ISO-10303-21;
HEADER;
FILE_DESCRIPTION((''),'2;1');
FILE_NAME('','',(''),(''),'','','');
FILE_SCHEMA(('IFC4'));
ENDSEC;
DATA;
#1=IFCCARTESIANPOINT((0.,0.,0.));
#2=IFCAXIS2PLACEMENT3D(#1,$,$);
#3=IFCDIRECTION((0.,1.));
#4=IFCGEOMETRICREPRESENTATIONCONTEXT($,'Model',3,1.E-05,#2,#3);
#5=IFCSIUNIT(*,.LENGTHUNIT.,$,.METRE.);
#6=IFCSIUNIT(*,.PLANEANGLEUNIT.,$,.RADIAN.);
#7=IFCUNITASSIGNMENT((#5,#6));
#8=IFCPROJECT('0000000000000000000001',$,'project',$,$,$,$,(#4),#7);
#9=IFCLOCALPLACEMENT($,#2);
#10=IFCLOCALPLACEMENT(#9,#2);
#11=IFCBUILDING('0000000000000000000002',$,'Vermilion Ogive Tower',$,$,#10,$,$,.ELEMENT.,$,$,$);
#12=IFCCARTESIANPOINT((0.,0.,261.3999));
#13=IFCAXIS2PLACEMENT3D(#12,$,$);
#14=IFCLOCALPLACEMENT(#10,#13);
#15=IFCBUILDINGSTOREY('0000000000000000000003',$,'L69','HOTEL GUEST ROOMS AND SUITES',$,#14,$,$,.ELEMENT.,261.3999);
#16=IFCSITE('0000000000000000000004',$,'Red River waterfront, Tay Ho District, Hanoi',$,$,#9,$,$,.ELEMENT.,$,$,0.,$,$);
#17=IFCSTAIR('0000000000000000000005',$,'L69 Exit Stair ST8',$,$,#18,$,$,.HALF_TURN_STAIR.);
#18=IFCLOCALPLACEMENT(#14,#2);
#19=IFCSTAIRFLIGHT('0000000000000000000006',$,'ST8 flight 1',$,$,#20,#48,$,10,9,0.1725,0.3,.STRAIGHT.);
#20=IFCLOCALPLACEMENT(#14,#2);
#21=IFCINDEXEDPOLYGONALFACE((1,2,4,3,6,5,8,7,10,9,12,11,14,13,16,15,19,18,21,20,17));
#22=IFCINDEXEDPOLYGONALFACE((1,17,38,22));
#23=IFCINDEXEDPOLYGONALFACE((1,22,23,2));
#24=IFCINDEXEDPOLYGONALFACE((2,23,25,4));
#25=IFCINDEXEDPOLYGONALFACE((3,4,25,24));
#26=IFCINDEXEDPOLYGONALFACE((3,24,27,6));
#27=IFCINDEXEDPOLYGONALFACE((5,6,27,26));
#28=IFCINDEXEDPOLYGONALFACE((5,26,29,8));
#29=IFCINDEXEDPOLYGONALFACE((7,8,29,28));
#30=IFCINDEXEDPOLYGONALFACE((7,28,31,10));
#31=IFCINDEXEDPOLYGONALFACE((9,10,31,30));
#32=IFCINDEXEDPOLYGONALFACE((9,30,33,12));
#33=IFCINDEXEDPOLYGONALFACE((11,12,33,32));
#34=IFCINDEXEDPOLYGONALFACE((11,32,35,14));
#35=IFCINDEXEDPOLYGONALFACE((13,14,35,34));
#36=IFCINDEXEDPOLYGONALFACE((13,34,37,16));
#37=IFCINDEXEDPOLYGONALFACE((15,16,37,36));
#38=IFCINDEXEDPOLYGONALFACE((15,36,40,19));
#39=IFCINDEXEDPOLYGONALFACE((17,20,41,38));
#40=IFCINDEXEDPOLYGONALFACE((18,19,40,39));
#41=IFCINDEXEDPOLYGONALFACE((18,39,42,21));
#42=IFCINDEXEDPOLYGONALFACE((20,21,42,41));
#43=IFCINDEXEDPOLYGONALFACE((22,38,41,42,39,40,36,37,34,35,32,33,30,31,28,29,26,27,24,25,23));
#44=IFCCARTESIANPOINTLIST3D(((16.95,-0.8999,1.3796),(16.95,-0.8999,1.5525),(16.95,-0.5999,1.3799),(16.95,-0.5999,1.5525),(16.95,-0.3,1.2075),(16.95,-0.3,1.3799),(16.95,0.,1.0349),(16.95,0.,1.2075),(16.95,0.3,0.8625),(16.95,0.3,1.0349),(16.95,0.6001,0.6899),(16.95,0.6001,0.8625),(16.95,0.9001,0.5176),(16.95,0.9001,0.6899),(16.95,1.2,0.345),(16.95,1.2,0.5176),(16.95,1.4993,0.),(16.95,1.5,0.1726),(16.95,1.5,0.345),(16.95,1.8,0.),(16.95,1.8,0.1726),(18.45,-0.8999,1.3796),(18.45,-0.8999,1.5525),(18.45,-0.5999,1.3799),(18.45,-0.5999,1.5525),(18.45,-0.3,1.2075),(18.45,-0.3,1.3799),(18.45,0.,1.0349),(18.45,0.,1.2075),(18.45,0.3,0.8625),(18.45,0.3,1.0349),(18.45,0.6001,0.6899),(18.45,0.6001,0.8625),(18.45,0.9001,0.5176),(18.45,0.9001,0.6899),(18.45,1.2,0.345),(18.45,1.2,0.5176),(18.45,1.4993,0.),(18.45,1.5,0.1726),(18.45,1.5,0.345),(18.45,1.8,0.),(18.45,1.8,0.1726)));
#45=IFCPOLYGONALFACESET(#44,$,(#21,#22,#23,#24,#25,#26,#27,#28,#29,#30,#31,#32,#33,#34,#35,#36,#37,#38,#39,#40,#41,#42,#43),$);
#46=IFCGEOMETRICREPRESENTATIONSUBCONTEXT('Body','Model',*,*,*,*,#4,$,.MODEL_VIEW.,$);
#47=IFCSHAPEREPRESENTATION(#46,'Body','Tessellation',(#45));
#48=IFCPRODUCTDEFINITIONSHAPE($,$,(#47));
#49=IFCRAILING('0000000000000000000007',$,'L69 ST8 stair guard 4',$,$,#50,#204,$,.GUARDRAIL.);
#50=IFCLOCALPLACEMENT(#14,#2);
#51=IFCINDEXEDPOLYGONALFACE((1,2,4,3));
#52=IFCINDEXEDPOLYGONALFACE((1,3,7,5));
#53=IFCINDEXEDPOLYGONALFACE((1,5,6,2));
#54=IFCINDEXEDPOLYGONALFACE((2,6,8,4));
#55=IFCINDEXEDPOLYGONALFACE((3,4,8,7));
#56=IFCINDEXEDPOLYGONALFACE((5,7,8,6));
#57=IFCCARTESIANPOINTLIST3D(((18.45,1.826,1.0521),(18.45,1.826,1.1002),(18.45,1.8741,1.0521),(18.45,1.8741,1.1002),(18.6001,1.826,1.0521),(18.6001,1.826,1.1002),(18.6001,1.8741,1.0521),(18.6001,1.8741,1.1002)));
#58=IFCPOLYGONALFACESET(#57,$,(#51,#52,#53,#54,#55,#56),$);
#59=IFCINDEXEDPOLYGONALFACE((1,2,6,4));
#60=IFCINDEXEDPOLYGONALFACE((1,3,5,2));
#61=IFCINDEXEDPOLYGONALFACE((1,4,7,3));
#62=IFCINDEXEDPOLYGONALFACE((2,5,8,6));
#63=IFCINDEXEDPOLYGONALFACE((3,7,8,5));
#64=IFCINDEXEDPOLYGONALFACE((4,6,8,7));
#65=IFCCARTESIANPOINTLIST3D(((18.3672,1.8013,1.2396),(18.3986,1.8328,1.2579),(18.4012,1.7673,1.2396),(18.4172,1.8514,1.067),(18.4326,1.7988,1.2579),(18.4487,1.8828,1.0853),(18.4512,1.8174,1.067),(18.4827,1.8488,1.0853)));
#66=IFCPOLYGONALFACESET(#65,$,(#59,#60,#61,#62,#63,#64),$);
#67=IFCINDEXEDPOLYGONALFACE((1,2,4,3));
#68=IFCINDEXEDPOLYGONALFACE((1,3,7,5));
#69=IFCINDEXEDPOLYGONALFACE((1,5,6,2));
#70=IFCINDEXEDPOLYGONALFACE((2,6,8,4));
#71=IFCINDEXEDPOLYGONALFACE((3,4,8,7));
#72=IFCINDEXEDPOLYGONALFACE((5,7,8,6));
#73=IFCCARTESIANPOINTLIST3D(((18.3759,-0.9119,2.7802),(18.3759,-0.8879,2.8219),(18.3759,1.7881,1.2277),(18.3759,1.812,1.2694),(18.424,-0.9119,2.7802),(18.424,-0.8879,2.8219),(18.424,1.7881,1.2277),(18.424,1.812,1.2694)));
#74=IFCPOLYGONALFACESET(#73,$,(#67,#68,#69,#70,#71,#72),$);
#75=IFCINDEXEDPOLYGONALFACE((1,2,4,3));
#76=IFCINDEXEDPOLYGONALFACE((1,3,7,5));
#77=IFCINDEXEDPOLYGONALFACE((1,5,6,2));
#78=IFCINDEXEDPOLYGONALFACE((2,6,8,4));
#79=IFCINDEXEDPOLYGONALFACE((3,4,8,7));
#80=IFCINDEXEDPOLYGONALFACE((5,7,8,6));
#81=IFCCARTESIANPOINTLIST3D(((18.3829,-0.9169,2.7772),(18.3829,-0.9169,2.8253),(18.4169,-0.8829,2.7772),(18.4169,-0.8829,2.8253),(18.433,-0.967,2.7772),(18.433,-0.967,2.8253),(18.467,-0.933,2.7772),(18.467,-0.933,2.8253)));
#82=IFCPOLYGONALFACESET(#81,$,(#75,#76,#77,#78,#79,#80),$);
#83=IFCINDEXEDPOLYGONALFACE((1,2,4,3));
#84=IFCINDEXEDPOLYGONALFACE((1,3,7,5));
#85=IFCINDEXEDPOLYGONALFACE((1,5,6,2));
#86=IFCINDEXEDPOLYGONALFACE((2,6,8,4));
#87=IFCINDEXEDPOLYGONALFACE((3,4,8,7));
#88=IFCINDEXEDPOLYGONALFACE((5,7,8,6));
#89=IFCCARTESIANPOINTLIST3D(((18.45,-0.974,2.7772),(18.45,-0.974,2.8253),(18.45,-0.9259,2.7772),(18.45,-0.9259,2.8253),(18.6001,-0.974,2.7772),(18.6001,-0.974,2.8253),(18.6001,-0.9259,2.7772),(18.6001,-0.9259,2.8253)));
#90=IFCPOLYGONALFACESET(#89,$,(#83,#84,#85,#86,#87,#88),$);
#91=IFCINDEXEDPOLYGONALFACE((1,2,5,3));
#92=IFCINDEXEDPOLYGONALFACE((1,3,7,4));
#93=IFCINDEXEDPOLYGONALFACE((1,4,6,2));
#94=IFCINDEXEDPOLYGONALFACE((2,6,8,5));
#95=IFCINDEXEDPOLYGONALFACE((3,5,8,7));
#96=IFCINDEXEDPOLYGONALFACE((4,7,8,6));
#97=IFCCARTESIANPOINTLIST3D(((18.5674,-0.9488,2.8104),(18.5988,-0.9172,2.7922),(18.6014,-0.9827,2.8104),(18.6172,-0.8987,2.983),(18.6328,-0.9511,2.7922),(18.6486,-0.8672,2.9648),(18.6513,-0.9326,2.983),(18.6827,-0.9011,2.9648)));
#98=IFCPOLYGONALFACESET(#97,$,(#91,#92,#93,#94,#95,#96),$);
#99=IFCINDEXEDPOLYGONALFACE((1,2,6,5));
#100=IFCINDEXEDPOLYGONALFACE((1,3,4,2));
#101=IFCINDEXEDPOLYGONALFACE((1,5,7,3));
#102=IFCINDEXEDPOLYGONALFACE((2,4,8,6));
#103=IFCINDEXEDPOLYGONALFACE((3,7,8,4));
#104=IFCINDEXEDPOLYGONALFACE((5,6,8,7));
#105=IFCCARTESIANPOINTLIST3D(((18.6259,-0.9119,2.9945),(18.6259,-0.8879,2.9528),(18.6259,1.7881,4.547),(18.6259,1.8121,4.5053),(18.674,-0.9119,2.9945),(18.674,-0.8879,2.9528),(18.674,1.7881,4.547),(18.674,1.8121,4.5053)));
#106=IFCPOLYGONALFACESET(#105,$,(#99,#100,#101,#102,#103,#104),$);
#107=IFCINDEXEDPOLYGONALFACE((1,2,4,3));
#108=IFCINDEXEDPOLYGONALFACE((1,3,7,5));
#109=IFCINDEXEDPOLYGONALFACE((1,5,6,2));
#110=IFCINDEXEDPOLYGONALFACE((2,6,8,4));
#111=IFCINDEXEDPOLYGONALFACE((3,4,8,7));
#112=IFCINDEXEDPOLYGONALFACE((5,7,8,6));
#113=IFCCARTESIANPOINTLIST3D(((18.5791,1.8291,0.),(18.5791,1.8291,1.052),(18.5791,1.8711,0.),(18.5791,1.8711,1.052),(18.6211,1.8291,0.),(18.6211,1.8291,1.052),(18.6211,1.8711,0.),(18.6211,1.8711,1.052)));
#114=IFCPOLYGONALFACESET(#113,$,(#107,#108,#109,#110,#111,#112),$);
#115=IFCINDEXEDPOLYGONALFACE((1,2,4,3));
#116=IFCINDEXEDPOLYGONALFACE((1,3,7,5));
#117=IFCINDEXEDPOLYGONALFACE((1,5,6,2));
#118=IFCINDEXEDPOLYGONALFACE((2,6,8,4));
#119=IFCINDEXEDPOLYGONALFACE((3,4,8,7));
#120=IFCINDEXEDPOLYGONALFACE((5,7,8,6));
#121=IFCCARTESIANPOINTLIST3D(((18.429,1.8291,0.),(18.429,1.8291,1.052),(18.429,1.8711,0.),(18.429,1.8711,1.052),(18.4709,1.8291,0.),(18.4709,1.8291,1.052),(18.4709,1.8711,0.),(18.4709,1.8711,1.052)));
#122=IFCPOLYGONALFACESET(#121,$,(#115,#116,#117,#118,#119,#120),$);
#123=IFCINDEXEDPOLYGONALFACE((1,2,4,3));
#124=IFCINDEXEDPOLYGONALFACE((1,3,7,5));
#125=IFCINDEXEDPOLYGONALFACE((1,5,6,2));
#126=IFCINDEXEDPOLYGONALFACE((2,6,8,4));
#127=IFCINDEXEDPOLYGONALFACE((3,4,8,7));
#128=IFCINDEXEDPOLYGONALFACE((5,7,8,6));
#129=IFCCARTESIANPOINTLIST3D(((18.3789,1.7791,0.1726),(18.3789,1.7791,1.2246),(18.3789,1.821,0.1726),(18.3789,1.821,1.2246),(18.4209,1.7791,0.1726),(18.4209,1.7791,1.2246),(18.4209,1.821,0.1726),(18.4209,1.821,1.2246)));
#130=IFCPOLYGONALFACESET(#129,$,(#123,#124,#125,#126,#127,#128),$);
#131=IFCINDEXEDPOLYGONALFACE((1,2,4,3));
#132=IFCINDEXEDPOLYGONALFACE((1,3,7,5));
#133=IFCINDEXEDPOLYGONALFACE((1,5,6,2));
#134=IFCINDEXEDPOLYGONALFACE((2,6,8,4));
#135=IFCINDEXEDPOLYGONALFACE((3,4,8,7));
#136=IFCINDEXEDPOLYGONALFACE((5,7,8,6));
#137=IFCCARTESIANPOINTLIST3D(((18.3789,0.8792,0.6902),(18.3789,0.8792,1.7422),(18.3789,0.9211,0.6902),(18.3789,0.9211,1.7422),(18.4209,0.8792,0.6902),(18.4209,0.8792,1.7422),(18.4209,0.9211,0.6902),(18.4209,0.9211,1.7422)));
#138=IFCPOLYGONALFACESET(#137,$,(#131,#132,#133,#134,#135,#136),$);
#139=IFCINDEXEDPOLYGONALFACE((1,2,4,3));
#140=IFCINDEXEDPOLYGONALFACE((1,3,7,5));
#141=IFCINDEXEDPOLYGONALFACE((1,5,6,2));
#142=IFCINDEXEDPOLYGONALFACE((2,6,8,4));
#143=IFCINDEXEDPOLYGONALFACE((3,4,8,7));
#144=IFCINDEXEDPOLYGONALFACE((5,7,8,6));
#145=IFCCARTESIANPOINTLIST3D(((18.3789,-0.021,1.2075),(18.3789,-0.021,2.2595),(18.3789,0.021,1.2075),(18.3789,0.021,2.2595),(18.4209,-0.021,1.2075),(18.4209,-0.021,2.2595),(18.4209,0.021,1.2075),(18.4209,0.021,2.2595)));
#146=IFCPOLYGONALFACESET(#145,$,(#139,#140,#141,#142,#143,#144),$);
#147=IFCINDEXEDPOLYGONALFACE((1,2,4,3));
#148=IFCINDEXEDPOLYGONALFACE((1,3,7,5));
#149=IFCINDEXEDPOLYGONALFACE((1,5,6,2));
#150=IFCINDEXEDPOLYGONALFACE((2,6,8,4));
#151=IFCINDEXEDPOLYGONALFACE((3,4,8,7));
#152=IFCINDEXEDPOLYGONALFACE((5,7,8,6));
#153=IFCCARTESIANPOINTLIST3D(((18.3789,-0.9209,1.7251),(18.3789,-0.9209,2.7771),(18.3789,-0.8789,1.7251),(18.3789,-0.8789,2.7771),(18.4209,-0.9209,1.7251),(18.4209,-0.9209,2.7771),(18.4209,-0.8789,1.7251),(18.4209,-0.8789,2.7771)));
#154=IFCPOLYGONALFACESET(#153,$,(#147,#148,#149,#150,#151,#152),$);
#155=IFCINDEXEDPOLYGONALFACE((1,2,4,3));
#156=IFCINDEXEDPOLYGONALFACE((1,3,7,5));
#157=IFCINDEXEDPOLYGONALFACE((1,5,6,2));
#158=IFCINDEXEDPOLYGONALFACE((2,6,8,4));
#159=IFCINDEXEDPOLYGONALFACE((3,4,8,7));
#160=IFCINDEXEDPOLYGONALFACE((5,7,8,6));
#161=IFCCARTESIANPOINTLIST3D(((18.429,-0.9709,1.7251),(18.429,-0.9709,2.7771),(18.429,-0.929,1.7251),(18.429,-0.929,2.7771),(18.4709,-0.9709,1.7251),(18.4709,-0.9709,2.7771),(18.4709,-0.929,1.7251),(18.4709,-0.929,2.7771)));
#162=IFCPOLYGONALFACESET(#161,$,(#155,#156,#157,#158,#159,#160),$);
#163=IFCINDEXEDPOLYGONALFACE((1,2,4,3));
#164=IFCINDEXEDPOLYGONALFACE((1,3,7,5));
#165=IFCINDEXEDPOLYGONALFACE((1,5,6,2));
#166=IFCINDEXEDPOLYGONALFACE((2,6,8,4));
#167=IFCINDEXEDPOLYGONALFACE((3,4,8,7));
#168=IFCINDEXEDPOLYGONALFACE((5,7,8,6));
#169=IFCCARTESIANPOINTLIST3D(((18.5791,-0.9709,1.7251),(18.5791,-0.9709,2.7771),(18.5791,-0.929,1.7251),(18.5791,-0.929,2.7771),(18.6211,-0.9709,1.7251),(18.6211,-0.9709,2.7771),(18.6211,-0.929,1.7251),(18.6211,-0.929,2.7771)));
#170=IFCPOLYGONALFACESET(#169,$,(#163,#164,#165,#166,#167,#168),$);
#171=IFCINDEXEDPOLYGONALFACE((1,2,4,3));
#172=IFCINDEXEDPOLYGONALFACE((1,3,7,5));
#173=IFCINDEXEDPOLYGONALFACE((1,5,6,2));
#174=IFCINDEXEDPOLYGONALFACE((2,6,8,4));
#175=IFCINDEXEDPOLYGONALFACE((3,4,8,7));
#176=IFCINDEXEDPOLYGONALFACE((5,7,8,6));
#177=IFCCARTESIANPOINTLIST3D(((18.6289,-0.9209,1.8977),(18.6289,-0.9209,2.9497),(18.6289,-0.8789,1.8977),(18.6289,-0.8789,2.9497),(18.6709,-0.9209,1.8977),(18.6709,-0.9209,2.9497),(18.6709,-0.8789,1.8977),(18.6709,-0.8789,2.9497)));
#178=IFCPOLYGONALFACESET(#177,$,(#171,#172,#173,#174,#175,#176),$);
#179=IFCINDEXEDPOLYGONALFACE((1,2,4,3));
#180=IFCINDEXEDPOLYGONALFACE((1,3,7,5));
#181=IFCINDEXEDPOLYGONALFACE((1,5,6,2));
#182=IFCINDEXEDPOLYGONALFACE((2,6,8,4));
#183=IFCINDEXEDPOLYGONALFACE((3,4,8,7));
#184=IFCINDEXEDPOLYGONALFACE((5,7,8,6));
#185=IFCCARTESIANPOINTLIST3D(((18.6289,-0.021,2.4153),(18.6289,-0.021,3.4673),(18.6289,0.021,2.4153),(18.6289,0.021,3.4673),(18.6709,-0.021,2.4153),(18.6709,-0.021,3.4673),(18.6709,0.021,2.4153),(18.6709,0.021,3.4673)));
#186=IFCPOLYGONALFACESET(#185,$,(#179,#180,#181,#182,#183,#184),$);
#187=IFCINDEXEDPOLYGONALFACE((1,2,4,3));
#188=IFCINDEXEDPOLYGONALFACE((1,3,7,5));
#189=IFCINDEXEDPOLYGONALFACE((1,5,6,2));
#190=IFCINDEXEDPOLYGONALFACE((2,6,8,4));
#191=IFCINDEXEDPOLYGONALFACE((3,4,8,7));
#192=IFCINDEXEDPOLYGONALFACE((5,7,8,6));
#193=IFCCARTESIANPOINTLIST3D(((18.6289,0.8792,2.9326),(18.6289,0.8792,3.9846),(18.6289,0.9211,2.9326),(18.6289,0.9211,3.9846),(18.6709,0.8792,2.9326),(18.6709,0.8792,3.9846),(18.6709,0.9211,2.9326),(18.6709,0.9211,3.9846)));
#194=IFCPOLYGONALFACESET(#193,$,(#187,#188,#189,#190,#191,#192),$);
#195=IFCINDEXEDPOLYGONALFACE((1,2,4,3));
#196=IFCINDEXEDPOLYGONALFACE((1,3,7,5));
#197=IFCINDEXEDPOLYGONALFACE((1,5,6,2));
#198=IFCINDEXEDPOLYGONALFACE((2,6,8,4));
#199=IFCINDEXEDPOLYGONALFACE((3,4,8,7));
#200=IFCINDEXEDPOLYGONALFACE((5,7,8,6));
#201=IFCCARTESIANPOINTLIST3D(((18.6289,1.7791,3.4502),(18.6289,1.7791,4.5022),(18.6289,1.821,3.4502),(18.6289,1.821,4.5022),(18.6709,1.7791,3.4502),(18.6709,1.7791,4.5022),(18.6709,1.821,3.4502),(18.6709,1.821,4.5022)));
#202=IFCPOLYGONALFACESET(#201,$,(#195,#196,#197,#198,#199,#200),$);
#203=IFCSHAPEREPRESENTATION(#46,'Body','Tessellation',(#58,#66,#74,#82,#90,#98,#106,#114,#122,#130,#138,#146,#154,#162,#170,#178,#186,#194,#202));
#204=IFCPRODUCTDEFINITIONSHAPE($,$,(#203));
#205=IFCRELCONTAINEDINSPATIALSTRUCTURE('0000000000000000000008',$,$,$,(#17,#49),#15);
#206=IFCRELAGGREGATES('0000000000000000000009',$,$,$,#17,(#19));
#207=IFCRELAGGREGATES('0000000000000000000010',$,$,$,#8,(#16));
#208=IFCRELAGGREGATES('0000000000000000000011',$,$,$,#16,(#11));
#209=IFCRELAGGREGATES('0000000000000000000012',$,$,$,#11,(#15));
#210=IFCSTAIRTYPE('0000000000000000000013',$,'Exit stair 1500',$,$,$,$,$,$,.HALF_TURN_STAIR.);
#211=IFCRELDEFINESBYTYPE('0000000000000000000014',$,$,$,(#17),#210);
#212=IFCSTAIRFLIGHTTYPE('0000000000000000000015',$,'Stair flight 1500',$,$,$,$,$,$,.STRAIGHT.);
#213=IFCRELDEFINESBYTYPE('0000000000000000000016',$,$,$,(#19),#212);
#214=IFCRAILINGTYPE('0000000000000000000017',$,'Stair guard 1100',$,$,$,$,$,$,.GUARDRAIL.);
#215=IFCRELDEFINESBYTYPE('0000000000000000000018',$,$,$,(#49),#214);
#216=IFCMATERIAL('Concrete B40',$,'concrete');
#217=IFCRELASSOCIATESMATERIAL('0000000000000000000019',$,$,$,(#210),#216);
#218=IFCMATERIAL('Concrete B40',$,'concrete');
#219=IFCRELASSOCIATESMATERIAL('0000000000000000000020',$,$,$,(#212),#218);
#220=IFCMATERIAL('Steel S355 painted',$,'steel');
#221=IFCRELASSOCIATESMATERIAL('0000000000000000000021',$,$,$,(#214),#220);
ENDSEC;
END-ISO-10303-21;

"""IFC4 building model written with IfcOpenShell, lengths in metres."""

from ifc_helpers import new_model, si_unit, direction, frame, origin, origin_2d, place, context, subcontext, project, spatial, polyline, rectangle, outline, extrude, material, type_object, element, aggregate, save


model = new_model("IFC4")

# Units and contexts
model_context = context("Model", 3, precision=1e-05, world=origin(), true_north=direction((0.0, 1.0)))
body_context = subcontext(model_context, "Body", "Model", "MODEL_VIEW")
ifc_project = project(units=[si_unit("LENGTHUNIT", "METRE"), si_unit("PLANEANGLEUNIT", "RADIAN")], contexts=[model_context])

# Site, building, storey
site_placement = place(None, origin())
site = spatial("IfcSite", under=ifc_project, at=site_placement, Name="Red River waterfront, Tay Ho District, Hanoi", CompositionType="ELEMENT", RefElevation=0.0)
building_placement = place(site_placement, origin())
building = spatial("IfcBuilding", under=site, at=building_placement, Name="Vermilion Ogive Tower", CompositionType="ELEMENT")
storey_placement = place(building_placement, frame((0.0, 0.0, 261.3999)))
storey = spatial("IfcBuildingStorey", under=building, at=storey_placement, Name="L69", Description="HOTEL GUEST ROOMS AND SUITES", CompositionType="ELEMENT", Elevation=261.3999)

# Stair, stair flight
ifc_material_1 = material(Name="Concrete B40", Category="concrete")
stair_type = type_object("IfcStairType", Name="Exit stair 1500", PredefinedType="HALF_TURN_STAIR", material=ifc_material_1)
stair_placement = place(storey_placement, origin())
stair = element("IfcStair", 1, at=stair_placement, inside=storey, type_object=stair_type, Name="L69 Exit Stair ST8", PredefinedType="HALF_TURN_STAIR")
ifc_material_2 = material(Name="Concrete B40", Category="concrete")
stair_flight_type = type_object("IfcStairFlightType", Name="Stair flight 1500", PredefinedType="STRAIGHT", material=ifc_material_2)
stair_flight_placement = place(storey_placement, frame((17.7, 1.8, 0.0), z_axis=(0.0, 0.0, 1.0), x_axis=(0.0, -1.0, 0.0)))
stair_flight = element("IfcStairFlight", 2, at=stair_flight_placement, type_object=stair_flight_type, Name="ST8 flight 1", NumberOfRisers=10, NumberOfTreads=9, PredefinedType="STRAIGHT", RiserHeight=0.1725, TreadLength=0.3, context=body_context, shape_type="SweptSolid", body=[
    extrude(outline(polyline([(0.0, 0.0), (0.0, 0.1726), (0.3, 0.1726), (0.3, 0.345), (0.6001, 0.345), (0.6001, 0.5176), (0.8999, 0.5176), (0.8999, 0.6899), (1.2, 0.6899), (1.2, 0.8625), (1.5, 0.8625), (1.5, 1.0349), (1.8, 1.0349), (1.8, 1.2075), (2.1001, 1.2075), (2.1001, 1.3799), (2.3999, 1.3799), (2.3999, 1.5525), (2.7, 1.5525), (2.7, 1.7251), (2.7, 1.3796), (0.3008, 0.0), (0.0, 0.0)])), frame((0.0, 0.75, 0.0), z_axis=(0.0, -1.0, 0.0), x_axis=(1.0, 0.0, 0.0)), (0.0, 0.0, 1.0), 1.5),
])
aggregate(stair, [stair_flight])

# Railing
ifc_material_3 = material(Name="Steel S355 painted", Category="steel")
railing_type_1 = type_object("IfcRailingType", Name="Stair guard 1100", PredefinedType="GUARDRAIL", material=ifc_material_3)
railing_1_placement = place(storey_placement, frame((18.6001, 1.8501, 0.0)))
element("IfcRailing", 3, at=railing_1_placement, inside=storey, type_object=railing_type_1, Name="L69 ST8 stair guard 4", PredefinedType="GUARDRAIL", context=body_context, shape_type="SweptSolid", body=[
    extrude(rectangle(XDim=0.0481, YDim=0.0481, at=origin_2d()), frame((0.0, 0.0, 1.0762), z_axis=(-1.0, 0.0, 0.0), x_axis=(0.0, -1.0, 0.0)), (0.0, 0.0, 1.0), 0.1501),
    extrude(rectangle(XDim=0.0481, YDim=0.0481, at=origin_2d()), frame((-0.1501, 0.0, 1.0762), z_axis=(-0.268278, -0.268278, 0.925232), x_axis=(0.707107, -0.707107, 0.0)), (0.0, 0.0, 1.0), 0.1865),
    extrude(rectangle(XDim=0.0481, YDim=0.0481, at=origin_2d()), frame((-0.2002, -0.05, 1.2485), z_axis=(0.0, -0.866904, 0.498476), x_axis=(1.0, 0.0, 0.0)), (0.0, 0.0, 1.0), 3.1145),
    extrude(rectangle(XDim=0.0481, YDim=0.0481, at=origin_2d()), frame((-0.2002, -2.75, 2.8013), z_axis=(0.707107, -0.707107, 0.0), x_axis=(0.707107, 0.707107, 0.0)), (0.0, 0.0, 1.0), 0.0708),
    extrude(rectangle(XDim=0.0481, YDim=0.0481, at=origin_2d()), frame((-0.1501, -2.8, 2.8013), z_axis=(1.0, 0.0, 0.0), x_axis=(0.0, 1.0, 0.0)), (0.0, 0.0, 1.0), 0.1501),
    extrude(rectangle(XDim=0.0481, YDim=0.0481, at=origin_2d()), frame((0.0, -2.8, 2.8013), z_axis=(0.267063, 0.268372, 0.925556), x_axis=(-0.708834, 0.705376, 0.0)), (0.0, 0.0, 1.0), 0.1865),
    extrude(rectangle(XDim=0.0481, YDim=0.0481, at=origin_2d()), frame((0.0498, -2.75, 2.9736), z_axis=(0.0, 0.866904, 0.498476), x_axis=(-1.0, 0.0, 0.0)), (0.0, 0.0, 1.0), 3.1145),
    extrude(rectangle(XDim=0.042, YDim=0.042, at=origin_2d()), origin(), (0.0, 0.0, 1.0), 1.052),
    extrude(rectangle(XDim=0.042, YDim=0.042, at=origin_2d()), frame((-0.1501, 0.0, 0.0)), (0.0, 0.0, 1.0), 1.052),
    extrude(rectangle(XDim=0.042, YDim=0.042, at=origin_2d()), frame((-0.2002, -0.05, 0.1726)), (0.0, 0.0, 1.0), 1.052),
    extrude(rectangle(XDim=0.042, YDim=0.042, at=origin_2d()), frame((-0.2002, -0.95, 0.6902)), (0.0, 0.0, 1.0), 1.052),
    extrude(rectangle(XDim=0.042, YDim=0.042, at=origin_2d()), frame((-0.2002, -1.8501, 1.2075)), (0.0, 0.0, 1.0), 1.052),
    extrude(rectangle(XDim=0.042, YDim=0.042, at=origin_2d()), frame((-0.2002, -2.75, 1.7251)), (0.0, 0.0, 1.0), 1.052),
    extrude(rectangle(XDim=0.042, YDim=0.042, at=origin_2d()), frame((-0.1501, -2.8, 1.7251)), (0.0, 0.0, 1.0), 1.052),
    extrude(rectangle(XDim=0.042, YDim=0.042, at=origin_2d()), frame((0.0, -2.8, 1.7251)), (0.0, 0.0, 1.0), 1.052),
    extrude(rectangle(XDim=0.042, YDim=0.042, at=origin_2d()), frame((0.0498, -2.75, 1.8977)), (0.0, 0.0, 1.0), 1.052),
    extrude(rectangle(XDim=0.042, YDim=0.042, at=origin_2d()), frame((0.0498, -1.8501, 2.4153)), (0.0, 0.0, 1.0), 1.052),
    extrude(rectangle(XDim=0.042, YDim=0.042, at=origin_2d()), frame((0.0498, -0.95, 2.9326)), (0.0, 0.0, 1.0), 1.052),
    extrude(rectangle(XDim=0.042, YDim=0.042, at=origin_2d()), frame((0.0498, -0.05, 3.4502)), (0.0, 0.0, 1.0), 1.052),
])

save(model, "model.ifc")
